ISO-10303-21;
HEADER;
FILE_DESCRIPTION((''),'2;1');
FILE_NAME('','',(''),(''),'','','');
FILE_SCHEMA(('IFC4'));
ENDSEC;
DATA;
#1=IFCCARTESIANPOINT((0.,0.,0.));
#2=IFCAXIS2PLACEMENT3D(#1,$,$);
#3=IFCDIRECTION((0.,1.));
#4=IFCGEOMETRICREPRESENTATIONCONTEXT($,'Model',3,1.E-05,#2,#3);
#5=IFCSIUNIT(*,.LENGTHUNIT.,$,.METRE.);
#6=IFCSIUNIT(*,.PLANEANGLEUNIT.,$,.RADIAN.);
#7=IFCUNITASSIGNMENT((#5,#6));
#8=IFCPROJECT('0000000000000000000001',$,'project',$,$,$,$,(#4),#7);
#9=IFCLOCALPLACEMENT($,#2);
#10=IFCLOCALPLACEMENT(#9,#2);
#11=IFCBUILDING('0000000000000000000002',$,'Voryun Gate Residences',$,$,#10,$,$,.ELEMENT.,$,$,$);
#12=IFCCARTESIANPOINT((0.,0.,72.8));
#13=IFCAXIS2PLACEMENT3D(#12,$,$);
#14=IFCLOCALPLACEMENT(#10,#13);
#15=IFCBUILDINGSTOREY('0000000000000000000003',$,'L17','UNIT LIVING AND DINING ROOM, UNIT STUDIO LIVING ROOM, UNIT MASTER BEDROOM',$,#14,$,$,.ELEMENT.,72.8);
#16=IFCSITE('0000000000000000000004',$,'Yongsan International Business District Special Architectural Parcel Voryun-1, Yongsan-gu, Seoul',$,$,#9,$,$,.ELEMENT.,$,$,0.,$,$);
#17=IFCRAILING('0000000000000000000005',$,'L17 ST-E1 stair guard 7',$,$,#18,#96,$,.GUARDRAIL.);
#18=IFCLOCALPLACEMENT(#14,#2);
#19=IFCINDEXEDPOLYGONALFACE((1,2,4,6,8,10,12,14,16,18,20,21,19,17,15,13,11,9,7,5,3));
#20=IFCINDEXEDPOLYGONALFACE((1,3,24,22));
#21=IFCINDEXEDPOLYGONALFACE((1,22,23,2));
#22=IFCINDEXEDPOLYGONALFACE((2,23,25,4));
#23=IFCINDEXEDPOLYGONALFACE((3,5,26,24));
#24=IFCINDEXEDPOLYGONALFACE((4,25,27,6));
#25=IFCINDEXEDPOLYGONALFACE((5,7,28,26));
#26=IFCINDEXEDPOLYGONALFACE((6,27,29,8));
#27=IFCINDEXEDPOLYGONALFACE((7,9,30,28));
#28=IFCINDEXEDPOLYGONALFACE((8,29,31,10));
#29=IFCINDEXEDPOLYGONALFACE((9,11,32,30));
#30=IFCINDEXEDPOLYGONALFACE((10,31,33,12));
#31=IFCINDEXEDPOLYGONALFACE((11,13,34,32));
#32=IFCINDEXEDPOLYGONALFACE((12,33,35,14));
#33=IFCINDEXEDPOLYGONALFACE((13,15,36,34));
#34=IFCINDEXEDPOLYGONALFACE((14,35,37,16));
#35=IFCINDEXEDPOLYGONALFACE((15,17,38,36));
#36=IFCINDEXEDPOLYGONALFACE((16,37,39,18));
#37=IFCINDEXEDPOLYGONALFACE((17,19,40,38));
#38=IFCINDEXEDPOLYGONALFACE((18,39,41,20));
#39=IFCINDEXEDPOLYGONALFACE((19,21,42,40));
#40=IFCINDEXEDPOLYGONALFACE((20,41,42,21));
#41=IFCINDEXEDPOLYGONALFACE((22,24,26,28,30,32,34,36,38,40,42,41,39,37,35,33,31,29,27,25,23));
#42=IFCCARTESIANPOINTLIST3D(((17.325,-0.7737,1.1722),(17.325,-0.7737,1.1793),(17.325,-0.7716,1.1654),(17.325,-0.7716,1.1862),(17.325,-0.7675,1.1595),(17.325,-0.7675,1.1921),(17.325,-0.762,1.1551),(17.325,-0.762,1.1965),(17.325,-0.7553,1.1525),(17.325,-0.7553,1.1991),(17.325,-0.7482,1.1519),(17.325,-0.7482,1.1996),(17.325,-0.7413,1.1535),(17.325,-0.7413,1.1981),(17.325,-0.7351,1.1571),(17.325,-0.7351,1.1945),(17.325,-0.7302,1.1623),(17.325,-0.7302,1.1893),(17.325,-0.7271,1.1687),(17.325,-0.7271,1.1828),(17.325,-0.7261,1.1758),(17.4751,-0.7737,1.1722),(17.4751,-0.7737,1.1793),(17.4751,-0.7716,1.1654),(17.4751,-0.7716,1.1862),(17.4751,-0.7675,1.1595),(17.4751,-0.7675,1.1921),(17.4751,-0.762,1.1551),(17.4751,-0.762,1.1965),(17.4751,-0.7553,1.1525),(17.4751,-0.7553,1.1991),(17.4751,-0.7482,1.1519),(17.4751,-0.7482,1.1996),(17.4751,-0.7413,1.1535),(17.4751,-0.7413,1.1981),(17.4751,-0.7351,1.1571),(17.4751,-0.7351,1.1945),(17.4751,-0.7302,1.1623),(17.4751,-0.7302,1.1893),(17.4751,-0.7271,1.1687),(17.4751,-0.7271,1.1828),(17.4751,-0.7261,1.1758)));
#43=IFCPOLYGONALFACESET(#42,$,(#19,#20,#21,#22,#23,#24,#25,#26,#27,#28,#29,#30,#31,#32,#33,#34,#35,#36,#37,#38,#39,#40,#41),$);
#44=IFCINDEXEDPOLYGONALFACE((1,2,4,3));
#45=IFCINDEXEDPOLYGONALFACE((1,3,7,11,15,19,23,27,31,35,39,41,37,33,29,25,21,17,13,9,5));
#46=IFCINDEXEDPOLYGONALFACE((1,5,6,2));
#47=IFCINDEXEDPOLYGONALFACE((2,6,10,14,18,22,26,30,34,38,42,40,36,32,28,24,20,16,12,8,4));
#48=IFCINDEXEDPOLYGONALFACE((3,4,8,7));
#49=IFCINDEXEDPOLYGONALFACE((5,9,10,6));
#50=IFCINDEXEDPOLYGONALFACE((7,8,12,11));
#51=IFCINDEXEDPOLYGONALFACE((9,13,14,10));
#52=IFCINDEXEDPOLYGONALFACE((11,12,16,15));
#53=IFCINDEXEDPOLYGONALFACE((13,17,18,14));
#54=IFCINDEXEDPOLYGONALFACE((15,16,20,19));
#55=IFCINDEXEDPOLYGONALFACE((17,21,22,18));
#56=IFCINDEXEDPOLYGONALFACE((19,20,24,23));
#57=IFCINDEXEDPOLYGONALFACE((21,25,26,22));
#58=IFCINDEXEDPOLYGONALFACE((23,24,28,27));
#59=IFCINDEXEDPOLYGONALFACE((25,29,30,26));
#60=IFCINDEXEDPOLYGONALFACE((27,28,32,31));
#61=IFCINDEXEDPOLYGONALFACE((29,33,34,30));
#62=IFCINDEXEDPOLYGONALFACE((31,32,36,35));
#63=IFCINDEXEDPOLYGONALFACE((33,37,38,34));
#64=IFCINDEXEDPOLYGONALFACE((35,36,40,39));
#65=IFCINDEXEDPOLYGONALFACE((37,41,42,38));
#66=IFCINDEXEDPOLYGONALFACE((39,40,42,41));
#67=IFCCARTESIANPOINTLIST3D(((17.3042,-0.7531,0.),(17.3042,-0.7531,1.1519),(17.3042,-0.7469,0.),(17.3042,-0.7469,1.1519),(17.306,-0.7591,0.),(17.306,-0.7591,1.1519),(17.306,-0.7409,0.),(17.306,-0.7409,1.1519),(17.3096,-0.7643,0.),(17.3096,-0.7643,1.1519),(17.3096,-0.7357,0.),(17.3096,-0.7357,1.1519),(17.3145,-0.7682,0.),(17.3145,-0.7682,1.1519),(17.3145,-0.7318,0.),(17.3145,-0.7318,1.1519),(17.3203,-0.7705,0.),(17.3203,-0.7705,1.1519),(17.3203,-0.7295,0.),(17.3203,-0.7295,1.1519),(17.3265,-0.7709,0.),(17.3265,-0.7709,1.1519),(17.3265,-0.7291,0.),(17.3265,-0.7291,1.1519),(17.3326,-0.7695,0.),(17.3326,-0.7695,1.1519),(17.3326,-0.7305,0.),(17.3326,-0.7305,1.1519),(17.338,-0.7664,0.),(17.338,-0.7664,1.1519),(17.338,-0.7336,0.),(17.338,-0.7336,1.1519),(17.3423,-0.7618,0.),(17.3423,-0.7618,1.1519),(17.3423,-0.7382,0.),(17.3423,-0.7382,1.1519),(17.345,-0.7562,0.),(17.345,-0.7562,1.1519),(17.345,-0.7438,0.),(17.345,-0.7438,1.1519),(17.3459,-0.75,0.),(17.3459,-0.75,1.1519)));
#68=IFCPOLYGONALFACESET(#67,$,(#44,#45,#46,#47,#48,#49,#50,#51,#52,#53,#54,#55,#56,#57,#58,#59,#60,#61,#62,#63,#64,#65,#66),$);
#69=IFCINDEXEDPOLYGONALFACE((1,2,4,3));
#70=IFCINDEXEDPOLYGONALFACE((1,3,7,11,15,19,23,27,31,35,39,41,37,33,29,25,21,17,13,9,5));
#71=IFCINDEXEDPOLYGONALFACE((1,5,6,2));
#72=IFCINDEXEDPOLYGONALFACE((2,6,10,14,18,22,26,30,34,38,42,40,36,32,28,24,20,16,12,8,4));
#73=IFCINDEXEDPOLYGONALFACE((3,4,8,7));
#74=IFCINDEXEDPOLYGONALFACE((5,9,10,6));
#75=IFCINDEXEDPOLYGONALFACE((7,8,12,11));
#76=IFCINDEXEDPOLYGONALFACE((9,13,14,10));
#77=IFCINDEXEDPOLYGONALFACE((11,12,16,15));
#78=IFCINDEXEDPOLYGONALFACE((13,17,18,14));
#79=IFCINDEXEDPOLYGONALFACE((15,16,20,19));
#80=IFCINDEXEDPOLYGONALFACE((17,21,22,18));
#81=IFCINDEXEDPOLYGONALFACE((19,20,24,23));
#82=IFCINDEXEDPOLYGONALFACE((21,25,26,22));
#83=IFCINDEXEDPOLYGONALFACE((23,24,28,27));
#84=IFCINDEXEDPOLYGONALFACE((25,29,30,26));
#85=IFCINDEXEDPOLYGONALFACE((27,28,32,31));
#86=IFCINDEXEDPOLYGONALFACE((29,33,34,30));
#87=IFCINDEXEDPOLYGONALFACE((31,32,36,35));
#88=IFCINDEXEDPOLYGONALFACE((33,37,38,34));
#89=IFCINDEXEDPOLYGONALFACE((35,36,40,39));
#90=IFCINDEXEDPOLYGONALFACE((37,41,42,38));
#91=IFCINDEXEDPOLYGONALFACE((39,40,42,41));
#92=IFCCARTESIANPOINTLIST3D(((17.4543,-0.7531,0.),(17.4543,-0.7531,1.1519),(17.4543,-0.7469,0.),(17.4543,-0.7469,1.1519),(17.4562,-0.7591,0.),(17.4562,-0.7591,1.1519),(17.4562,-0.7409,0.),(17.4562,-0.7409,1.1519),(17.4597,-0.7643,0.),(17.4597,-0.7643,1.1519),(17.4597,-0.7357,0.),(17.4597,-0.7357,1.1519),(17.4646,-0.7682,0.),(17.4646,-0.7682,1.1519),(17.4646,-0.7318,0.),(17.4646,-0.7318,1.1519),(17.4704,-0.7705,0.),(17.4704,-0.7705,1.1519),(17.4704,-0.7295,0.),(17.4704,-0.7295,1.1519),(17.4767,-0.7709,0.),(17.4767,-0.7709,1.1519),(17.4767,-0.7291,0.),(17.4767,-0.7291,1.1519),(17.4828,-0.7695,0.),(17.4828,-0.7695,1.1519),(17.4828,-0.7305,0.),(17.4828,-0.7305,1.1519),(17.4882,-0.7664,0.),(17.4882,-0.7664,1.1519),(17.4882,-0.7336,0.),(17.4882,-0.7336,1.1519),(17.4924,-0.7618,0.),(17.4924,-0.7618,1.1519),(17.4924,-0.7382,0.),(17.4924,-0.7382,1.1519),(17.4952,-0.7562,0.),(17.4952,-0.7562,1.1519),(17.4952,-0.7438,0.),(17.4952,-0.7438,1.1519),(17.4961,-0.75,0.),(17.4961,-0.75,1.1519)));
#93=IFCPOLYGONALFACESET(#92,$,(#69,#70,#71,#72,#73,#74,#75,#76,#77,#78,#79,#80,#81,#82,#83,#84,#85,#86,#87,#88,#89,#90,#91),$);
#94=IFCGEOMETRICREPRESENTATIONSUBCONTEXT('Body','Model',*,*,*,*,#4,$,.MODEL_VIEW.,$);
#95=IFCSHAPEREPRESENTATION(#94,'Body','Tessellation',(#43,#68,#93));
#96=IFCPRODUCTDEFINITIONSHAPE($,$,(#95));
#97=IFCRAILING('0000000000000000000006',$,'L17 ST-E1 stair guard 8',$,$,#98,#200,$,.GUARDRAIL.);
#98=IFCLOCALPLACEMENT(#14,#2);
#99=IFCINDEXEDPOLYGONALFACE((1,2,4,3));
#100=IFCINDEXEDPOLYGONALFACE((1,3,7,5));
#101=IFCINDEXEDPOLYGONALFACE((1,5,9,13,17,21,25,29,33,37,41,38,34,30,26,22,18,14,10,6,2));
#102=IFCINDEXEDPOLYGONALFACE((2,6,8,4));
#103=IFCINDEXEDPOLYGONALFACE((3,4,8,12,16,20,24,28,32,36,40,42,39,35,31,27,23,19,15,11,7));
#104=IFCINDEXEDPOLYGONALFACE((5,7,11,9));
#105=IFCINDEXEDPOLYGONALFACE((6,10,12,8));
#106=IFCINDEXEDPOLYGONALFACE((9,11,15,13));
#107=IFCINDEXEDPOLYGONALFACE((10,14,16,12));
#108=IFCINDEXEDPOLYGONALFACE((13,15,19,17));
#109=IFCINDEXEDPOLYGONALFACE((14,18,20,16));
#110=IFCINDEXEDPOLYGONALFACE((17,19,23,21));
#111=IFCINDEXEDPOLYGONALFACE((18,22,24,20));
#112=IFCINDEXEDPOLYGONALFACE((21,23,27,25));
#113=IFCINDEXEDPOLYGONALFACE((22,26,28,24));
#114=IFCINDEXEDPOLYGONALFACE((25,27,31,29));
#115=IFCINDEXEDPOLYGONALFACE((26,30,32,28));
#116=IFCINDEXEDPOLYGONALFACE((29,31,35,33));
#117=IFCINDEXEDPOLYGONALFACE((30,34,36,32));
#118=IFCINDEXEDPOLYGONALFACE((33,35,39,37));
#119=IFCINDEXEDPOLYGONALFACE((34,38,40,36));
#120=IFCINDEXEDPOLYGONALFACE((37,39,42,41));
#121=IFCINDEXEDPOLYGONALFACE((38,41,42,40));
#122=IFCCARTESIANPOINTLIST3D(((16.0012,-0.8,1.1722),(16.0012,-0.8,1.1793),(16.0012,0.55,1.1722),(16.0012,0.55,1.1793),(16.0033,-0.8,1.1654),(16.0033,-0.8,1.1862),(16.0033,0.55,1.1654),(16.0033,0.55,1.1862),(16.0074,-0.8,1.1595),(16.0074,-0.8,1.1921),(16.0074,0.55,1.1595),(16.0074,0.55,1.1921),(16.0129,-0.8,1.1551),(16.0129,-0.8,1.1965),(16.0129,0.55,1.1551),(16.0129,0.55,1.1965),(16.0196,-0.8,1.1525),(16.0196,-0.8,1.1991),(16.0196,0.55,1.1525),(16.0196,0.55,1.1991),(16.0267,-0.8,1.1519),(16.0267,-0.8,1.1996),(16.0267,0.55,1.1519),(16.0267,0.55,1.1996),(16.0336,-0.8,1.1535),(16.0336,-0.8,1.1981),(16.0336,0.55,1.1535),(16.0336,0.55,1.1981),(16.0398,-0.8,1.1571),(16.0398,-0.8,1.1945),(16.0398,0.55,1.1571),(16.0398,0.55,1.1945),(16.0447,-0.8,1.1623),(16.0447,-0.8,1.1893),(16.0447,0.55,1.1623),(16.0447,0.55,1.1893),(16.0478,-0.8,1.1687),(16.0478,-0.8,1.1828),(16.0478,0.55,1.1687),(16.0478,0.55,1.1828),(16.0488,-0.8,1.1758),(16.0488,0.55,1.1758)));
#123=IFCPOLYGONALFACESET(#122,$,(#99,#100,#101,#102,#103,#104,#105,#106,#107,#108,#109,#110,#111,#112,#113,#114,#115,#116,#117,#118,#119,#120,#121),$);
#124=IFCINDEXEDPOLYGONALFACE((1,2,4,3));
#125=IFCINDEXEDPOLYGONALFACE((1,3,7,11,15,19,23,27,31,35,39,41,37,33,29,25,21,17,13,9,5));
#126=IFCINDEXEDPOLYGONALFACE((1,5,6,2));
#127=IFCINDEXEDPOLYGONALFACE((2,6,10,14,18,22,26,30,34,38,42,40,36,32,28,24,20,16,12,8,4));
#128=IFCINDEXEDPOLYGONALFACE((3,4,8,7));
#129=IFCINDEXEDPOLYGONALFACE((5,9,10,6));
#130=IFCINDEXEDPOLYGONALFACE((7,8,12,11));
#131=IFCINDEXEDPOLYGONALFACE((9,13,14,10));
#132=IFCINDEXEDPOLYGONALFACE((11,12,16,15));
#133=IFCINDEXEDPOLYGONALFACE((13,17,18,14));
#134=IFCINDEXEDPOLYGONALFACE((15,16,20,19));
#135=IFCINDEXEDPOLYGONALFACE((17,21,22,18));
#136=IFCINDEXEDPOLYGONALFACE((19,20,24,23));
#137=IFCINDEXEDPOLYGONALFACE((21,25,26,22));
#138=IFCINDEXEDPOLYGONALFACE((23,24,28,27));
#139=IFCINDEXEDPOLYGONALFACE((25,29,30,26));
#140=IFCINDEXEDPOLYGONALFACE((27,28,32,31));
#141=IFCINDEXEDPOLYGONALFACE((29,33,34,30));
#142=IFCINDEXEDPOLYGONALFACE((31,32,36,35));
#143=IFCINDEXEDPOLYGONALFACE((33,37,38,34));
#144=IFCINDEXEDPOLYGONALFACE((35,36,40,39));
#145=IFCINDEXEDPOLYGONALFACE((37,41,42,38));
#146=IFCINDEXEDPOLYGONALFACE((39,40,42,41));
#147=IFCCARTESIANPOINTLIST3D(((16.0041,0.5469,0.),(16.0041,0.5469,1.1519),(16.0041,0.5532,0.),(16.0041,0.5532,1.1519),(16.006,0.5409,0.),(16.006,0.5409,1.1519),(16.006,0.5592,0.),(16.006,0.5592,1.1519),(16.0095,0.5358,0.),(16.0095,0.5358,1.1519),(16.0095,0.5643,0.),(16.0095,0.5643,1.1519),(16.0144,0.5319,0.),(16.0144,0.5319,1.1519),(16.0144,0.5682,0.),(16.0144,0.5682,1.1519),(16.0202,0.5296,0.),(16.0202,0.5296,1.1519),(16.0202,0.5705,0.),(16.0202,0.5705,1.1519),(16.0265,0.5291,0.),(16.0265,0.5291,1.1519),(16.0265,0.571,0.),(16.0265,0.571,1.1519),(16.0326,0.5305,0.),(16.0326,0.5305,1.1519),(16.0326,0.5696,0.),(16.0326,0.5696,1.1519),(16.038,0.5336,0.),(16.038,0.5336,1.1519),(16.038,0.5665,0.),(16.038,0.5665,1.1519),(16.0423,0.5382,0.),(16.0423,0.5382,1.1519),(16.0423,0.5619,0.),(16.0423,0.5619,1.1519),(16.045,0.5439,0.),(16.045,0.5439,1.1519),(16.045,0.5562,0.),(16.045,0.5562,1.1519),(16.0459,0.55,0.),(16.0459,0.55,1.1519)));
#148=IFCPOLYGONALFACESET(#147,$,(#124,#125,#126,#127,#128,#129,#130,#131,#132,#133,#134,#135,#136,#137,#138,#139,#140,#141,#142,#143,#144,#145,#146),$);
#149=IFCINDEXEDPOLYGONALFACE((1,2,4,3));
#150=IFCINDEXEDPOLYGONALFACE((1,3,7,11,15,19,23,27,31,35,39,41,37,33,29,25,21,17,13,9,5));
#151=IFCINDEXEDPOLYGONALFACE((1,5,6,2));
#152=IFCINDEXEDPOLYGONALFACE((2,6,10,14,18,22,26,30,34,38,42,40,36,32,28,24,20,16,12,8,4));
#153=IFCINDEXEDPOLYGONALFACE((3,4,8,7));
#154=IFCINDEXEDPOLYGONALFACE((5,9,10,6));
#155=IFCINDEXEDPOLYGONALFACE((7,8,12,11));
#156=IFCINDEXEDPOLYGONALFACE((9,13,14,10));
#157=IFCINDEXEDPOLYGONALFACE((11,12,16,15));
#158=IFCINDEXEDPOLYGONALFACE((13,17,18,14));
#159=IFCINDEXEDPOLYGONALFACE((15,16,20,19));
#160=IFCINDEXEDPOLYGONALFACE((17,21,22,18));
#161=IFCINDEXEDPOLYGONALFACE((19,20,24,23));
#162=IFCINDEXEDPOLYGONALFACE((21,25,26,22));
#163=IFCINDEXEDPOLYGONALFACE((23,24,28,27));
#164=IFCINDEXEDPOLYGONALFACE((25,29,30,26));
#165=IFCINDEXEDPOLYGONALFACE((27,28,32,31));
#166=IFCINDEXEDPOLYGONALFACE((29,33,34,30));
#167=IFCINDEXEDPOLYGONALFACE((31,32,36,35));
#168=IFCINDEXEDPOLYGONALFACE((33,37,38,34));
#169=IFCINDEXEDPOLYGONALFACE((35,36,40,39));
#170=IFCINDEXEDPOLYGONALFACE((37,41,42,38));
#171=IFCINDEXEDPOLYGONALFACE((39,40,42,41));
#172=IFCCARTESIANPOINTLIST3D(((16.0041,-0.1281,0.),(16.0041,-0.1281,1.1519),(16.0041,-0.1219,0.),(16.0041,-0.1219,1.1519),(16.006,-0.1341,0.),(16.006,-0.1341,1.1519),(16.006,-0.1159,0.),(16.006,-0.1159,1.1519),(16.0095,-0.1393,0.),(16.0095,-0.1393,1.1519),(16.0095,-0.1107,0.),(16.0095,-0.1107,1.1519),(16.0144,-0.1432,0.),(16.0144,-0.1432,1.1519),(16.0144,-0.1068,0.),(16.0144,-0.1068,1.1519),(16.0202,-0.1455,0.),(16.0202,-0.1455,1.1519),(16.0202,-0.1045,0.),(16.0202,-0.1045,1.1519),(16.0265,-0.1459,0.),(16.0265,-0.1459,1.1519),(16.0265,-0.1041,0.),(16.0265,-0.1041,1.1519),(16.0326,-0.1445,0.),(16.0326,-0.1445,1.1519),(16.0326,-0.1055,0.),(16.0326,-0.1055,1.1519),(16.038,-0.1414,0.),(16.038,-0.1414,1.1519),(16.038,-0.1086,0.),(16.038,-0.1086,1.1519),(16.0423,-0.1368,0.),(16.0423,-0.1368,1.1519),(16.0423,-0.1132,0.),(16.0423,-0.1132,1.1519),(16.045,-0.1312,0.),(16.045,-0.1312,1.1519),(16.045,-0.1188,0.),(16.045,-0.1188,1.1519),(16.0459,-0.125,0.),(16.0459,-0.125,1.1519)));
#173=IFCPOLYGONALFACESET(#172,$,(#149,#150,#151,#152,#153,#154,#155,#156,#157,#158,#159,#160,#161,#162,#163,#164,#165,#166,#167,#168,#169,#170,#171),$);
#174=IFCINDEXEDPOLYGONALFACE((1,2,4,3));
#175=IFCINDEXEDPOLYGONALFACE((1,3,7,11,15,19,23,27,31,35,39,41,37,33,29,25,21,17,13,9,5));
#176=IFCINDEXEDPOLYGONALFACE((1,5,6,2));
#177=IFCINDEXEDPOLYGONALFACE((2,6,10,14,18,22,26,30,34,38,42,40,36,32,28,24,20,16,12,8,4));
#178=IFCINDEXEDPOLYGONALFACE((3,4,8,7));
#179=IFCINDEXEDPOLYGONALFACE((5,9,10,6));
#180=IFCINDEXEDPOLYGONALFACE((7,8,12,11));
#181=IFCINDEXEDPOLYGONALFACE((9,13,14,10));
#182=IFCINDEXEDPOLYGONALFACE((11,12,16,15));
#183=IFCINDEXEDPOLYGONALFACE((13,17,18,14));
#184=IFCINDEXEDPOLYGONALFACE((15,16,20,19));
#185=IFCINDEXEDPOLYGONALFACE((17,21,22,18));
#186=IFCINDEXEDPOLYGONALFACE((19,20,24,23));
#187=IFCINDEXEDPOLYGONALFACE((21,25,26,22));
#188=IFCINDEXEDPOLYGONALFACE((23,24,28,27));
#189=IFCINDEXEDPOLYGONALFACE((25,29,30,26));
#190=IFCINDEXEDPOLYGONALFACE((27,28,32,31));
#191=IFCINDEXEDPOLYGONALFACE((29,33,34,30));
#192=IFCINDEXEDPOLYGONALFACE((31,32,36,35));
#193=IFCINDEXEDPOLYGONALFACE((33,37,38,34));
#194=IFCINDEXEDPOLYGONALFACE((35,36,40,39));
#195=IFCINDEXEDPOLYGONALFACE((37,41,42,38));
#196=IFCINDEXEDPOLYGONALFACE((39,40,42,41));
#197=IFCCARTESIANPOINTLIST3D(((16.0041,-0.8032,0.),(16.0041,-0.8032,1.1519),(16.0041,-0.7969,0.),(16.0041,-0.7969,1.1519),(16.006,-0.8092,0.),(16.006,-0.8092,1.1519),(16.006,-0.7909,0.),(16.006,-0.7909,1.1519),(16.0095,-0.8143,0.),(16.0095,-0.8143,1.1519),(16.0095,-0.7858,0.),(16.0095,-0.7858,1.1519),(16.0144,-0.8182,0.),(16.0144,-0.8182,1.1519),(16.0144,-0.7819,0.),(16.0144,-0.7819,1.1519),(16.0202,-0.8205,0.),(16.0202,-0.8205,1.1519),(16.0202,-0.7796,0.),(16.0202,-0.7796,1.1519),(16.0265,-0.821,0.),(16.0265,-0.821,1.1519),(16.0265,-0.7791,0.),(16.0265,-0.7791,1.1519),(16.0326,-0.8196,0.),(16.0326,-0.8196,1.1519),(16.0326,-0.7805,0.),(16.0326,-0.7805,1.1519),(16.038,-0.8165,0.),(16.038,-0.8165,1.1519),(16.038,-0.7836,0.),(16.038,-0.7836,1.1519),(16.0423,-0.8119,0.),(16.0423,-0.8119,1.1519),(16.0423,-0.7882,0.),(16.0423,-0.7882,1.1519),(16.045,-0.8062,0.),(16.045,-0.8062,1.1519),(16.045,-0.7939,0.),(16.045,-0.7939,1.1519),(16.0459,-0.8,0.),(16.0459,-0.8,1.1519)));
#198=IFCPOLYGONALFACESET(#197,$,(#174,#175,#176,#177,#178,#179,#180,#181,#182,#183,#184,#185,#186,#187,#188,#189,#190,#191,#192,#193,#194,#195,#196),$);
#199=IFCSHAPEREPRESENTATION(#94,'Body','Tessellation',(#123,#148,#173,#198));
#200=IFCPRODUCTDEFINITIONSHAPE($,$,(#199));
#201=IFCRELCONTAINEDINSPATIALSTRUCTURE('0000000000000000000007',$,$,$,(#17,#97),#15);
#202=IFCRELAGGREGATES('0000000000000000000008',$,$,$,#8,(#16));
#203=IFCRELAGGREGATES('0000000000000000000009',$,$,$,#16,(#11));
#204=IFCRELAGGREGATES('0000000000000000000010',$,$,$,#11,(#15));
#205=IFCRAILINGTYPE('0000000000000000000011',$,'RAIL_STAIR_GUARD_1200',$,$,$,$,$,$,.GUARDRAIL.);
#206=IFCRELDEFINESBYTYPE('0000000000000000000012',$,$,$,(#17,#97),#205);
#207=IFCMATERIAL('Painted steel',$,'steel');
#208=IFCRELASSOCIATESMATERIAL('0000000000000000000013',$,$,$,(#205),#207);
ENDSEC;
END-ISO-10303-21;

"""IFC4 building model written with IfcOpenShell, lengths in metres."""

from ifc_helpers import new_model, si_unit, direction, frame, origin, origin_2d, place, context, subcontext, project, spatial, circle, extrude, material, type_object, element, save


model = new_model("IFC4")

# Units and contexts
model_context = context("Model", 3, precision=1e-05, world=origin(), true_north=direction((0.0, 1.0)))
body_context = subcontext(model_context, "Body", "Model", "MODEL_VIEW")
ifc_project = project(units=[si_unit("LENGTHUNIT", "METRE"), si_unit("PLANEANGLEUNIT", "RADIAN")], contexts=[model_context])

# Site, building, storey
site_placement = place(None, origin())
site = spatial("IfcSite", under=ifc_project, at=site_placement, Name="Yongsan International Business District Special Architectural Parcel Voryun-1, Yongsan-gu, Seoul", CompositionType="ELEMENT", RefElevation=0.0)
building_placement = place(site_placement, origin())
building = spatial("IfcBuilding", under=site, at=building_placement, Name="Voryun Gate Residences", CompositionType="ELEMENT")
storey_placement = place(building_placement, frame((0.0, 0.0, 72.8)))
storey = spatial("IfcBuildingStorey", under=building, at=storey_placement, Name="L17", Description="UNIT LIVING AND DINING ROOM, UNIT STUDIO LIVING ROOM, UNIT MASTER BEDROOM", CompositionType="ELEMENT", Elevation=72.8)

# Railings
ifc_material_1 = material(Name="Painted steel", Category="steel")
railing_type_1 = type_object("IfcRailingType", Name="RAIL_STAIR_GUARD_1200", PredefinedType="GUARDRAIL", material=ifc_material_1)
railing_1_placement = place(storey_placement, frame((17.325, -0.75, 0.0)))
element("IfcRailing", 1, at=railing_1_placement, inside=storey, type_object=railing_type_1, Name="L17 ST-E1 stair guard 7", PredefinedType="GUARDRAIL", context=body_context, shape_type="SweptSolid", body=[
    extrude(circle(Radius=0.0239, at=origin_2d()), frame((0.0, 0.0, 1.1758), z_axis=(1.0, 0.0, 0.0), x_axis=(0.0, 1.0, 0.0)), (0.0, 0.0, 1.0), 0.1501),
    extrude(circle(Radius=0.021, at=origin_2d()), origin(), (0.0, 0.0, 1.0), 1.1519),
    extrude(circle(Radius=0.021, at=origin_2d()), frame((0.1501, 0.0, 0.0)), (0.0, 0.0, 1.0), 1.1519),
])
for number, where, name in (
    (2, (16.0249, 0.55, 0.0), "L17 ST-E1 stair guard 8"),
):
    element("IfcRailing", number, at=place(storey_placement, frame(where)), inside=storey, type_object=railing_type_1, Name=name, PredefinedType="GUARDRAIL", context=body_context, shape_type="SweptSolid", body=[
        extrude(circle(Radius=0.0239, at=origin_2d()), frame((0.0, 0.0, 1.1758), z_axis=(0.0, -1.0, 0.0), x_axis=(1.0, 0.0, 0.0)), (0.0, 0.0, 1.0), 1.3501),
        extrude(circle(Radius=0.021, at=origin_2d()), origin(), (0.0, 0.0, 1.0), 1.1519),
        extrude(circle(Radius=0.021, at=origin_2d()), frame((0.0, -0.675, 0.0)), (0.0, 0.0, 1.0), 1.1519),
        extrude(circle(Radius=0.021, at=origin_2d()), frame((0.0, -1.3501, 0.0)), (0.0, 0.0, 1.0), 1.1519),
    ])

save(model, "model.ifc")
